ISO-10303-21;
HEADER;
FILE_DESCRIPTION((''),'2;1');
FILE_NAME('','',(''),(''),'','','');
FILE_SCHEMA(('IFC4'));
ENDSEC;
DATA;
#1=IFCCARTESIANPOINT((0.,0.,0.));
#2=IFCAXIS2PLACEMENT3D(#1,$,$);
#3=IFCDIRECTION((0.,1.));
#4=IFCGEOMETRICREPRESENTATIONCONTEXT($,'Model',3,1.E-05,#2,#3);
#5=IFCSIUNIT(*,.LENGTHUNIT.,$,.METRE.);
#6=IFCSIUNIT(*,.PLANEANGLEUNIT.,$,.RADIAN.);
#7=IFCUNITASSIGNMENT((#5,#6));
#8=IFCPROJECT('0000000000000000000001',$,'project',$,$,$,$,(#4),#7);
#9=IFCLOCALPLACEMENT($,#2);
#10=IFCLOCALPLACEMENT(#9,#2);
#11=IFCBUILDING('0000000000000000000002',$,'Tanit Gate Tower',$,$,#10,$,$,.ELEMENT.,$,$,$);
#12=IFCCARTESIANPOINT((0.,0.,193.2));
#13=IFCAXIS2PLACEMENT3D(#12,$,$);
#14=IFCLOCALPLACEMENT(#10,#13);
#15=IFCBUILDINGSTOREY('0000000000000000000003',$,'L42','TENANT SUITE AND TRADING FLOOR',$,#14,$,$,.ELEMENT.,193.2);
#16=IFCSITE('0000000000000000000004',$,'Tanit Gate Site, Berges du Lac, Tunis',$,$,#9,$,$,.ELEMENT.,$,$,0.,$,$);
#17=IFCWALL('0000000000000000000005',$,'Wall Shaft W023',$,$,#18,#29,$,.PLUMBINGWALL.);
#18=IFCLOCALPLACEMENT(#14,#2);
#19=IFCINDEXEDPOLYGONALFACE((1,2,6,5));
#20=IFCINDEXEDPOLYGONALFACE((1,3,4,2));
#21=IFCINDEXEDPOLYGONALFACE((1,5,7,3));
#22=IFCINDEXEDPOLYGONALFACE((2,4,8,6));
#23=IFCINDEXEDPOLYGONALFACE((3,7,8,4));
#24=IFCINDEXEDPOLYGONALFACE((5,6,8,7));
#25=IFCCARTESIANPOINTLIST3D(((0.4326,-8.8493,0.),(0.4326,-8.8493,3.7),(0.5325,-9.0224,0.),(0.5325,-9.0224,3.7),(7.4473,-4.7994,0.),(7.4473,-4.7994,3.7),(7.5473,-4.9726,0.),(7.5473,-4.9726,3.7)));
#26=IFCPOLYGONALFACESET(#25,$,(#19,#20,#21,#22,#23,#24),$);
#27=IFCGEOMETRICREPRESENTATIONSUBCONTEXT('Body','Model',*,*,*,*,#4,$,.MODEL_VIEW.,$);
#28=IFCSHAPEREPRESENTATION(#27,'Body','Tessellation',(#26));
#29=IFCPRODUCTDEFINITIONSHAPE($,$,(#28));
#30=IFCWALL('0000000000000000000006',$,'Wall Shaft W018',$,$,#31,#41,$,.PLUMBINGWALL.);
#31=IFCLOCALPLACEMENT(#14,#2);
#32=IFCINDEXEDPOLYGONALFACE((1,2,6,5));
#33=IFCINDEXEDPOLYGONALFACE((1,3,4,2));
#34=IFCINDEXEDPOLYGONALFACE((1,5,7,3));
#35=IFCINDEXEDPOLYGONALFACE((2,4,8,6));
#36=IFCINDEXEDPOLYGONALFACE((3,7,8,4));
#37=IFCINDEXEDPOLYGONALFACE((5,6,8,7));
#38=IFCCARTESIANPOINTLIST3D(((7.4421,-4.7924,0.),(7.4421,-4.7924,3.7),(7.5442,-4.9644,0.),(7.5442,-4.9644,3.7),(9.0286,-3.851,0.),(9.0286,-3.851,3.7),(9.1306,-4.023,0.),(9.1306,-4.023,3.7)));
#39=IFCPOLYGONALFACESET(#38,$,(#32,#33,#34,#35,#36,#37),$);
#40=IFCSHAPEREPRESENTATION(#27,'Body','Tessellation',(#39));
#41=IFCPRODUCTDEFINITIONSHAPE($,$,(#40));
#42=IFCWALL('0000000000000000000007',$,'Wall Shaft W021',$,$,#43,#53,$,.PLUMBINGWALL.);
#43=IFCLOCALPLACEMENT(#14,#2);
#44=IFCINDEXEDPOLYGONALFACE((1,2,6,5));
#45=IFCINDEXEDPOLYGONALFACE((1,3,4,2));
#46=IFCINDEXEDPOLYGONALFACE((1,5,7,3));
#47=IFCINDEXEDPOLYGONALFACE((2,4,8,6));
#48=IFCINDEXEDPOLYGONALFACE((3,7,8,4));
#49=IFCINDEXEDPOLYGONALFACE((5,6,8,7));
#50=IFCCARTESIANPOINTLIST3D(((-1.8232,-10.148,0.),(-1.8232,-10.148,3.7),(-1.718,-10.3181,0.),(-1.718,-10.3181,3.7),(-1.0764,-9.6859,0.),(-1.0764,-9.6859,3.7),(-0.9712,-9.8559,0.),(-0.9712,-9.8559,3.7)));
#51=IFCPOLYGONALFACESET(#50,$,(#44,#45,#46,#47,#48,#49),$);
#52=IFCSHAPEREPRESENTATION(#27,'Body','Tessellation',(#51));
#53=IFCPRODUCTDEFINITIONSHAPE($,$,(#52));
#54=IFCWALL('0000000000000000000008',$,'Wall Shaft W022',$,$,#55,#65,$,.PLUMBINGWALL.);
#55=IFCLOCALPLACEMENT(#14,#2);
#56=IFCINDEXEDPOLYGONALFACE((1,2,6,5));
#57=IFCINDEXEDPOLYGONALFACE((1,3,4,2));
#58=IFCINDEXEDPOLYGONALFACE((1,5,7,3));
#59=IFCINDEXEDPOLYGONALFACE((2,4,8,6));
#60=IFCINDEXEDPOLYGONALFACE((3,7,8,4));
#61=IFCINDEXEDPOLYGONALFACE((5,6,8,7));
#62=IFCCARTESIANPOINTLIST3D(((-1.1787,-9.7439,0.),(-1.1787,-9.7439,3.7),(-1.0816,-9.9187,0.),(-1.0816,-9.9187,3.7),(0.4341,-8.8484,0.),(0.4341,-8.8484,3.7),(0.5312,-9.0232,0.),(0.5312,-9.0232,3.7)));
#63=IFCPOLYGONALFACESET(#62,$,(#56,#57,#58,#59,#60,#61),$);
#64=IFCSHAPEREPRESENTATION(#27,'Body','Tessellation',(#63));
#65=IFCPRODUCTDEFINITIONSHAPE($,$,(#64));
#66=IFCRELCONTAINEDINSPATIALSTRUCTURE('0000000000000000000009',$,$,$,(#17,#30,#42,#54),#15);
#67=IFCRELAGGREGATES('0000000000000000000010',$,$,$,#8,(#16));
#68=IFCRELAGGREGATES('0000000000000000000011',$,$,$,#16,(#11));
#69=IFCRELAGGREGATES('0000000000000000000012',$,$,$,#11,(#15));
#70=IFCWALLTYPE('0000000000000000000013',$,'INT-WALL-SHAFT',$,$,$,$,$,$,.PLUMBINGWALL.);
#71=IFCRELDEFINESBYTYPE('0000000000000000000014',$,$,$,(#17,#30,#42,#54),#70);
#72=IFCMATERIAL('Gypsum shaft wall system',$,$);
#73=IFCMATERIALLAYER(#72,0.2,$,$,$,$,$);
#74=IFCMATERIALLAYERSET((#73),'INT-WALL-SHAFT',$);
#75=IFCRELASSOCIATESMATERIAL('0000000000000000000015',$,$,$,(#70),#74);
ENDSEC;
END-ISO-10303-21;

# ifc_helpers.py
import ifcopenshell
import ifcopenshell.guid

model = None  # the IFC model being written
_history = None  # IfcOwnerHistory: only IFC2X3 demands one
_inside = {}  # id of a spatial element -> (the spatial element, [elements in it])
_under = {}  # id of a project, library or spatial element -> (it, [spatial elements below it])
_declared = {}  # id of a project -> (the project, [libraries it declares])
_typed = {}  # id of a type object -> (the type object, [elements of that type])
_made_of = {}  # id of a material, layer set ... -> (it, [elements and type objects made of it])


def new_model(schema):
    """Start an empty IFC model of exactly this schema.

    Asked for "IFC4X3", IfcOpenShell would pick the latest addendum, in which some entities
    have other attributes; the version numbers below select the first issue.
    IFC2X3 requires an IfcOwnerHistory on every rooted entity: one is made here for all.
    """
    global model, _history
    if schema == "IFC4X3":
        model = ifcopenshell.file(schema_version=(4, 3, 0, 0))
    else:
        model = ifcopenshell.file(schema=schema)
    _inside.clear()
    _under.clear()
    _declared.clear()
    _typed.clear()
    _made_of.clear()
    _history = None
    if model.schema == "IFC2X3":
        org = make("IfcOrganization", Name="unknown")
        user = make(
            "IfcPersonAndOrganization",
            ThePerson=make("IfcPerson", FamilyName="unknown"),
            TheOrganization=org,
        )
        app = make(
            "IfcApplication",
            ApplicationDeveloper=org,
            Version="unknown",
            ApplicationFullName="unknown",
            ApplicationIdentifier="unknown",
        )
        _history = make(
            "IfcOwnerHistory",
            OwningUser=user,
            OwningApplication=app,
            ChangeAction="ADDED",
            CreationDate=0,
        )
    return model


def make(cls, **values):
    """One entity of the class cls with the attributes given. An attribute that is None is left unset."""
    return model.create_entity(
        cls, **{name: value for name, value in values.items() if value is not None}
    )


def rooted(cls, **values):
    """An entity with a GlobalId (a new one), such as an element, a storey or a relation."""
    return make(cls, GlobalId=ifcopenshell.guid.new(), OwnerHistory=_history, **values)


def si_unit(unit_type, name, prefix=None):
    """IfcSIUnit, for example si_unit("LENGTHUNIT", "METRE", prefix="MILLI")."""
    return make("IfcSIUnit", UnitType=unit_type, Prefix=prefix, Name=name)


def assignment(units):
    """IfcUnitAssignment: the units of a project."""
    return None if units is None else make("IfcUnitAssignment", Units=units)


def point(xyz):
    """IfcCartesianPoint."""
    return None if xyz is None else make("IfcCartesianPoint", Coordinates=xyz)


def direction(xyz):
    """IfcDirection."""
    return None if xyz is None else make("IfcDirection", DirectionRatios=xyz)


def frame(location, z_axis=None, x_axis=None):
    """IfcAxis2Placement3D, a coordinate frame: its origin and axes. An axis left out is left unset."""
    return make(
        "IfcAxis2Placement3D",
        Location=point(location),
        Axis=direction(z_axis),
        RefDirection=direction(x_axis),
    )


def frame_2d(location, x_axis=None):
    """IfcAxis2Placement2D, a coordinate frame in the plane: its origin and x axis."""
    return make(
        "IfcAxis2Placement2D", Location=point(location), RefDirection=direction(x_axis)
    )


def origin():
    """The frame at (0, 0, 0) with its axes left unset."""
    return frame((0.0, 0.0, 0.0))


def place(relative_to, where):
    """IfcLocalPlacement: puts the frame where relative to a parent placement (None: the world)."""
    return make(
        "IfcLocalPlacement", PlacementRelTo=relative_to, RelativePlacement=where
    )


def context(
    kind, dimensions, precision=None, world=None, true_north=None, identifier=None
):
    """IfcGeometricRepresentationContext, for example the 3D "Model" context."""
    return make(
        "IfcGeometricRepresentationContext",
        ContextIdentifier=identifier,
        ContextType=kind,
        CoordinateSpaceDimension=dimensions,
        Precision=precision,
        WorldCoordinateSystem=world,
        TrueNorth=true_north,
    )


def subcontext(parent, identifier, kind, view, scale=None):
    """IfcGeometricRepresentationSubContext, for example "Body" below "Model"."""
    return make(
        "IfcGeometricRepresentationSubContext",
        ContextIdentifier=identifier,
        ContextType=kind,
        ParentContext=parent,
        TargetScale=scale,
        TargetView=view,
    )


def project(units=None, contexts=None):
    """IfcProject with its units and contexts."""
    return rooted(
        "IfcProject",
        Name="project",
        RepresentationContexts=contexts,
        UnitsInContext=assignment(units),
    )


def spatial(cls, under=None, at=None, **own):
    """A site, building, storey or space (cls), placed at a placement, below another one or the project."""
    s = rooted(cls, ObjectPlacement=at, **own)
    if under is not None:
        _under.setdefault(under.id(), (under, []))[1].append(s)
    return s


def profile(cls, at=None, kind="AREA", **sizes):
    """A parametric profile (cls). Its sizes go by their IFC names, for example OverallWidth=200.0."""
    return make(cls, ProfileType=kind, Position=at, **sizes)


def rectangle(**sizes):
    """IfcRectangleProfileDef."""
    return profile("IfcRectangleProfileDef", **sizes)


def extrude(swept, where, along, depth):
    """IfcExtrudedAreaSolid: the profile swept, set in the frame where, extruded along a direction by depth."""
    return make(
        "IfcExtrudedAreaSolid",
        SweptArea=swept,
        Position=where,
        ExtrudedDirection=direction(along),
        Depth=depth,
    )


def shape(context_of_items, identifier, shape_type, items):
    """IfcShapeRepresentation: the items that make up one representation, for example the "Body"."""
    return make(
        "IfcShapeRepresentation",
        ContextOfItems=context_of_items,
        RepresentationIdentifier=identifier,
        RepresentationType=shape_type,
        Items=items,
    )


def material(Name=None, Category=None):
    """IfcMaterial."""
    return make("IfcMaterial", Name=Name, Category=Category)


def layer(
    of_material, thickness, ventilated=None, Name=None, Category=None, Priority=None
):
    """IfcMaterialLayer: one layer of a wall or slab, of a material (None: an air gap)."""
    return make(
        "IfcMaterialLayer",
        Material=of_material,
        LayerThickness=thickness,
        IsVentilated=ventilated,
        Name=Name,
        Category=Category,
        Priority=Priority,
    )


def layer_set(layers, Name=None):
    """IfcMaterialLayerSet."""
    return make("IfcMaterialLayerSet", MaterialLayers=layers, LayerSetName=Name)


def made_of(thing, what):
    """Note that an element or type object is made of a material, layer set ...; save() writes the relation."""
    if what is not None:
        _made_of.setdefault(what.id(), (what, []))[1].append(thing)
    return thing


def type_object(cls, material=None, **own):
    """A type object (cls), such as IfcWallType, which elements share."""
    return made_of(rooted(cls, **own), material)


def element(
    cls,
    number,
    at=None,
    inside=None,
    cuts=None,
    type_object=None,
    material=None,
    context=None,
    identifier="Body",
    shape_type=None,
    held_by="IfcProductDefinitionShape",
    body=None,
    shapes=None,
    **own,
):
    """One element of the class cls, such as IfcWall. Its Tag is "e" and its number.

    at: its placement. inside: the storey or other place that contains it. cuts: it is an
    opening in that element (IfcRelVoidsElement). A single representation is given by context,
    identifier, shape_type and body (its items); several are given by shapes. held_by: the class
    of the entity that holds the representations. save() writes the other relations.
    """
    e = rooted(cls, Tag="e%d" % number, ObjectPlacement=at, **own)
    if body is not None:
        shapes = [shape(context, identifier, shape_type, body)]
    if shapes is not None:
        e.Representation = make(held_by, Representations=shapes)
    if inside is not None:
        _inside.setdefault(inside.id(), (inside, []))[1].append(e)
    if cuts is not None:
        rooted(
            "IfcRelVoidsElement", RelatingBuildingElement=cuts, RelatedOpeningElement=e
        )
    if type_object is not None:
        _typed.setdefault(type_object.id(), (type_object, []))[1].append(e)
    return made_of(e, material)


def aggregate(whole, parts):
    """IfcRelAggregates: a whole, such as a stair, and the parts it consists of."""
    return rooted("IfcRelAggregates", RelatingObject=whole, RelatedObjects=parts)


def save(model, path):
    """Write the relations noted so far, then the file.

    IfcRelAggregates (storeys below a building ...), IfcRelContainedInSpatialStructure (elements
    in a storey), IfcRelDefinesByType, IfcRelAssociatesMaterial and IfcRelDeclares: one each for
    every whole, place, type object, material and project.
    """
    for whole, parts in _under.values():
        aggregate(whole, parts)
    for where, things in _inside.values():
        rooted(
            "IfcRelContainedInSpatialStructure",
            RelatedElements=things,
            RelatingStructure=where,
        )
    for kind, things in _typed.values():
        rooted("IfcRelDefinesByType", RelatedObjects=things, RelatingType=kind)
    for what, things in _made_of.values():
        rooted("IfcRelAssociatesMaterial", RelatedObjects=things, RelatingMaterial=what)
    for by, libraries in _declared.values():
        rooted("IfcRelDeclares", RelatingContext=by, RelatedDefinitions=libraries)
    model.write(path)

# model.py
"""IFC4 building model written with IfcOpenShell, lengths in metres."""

from ifc_helpers import new_model, si_unit, direction, frame, frame_2d, origin, place, context, subcontext, project, spatial, rectangle, extrude, material, layer, layer_set, type_object, element, save


model = new_model("IFC4")

# Units and contexts
model_context = context("Model", 3, precision=1e-05, world=origin(), true_north=direction((0.0, 1.0)))
body_context = subcontext(model_context, "Body", "Model", "MODEL_VIEW")
ifc_project = project(units=[si_unit("LENGTHUNIT", "METRE"), si_unit("PLANEANGLEUNIT", "RADIAN")], contexts=[model_context])

# Site, building, storey
site_placement = place(None, origin())
site = spatial("IfcSite", under=ifc_project, at=site_placement, Name="Tanit Gate Site, Berges du Lac, Tunis", CompositionType="ELEMENT", RefElevation=0.0)
building_placement = place(site_placement, origin())
building = spatial("IfcBuilding", under=site, at=building_placement, Name="Tanit Gate Tower", CompositionType="ELEMENT")
storey_placement = place(building_placement, frame((0.0, 0.0, 193.2)))
storey = spatial("IfcBuildingStorey", under=building, at=storey_placement, Name="L42", Description="TENANT SUITE AND TRADING FLOOR", CompositionType="ELEMENT", Elevation=193.2)

# Walls
ifc_material_1 = material(Name="Gypsum shaft wall system")
ifc_layer_1 = layer(ifc_material_1, 0.2)
ifc_layer_set_1 = layer_set([ifc_layer_1], Name="INT-WALL-SHAFT")
wall_type_1 = type_object("IfcWallType", Name="INT-WALL-SHAFT", PredefinedType="PLUMBINGWALL", material=ifc_layer_set_1)
wall_1_placement = place(storey_placement, frame((0.4827, -8.9358, 0.0), z_axis=(0.0, 0.0, 1.0), x_axis=(0.866031, 0.49999, 0.0)))
element("IfcWall", 1, at=wall_1_placement, inside=storey, type_object=wall_type_1, Name="Wall Shaft W023", PredefinedType="PLUMBINGWALL", context=body_context, shape_type="SweptSolid", body=[
    extrude(rectangle(XDim=8.0999, YDim=0.2, at=frame_2d((4.0498, 0.0))), origin(), (0.0, 0.0, 1.0), 3.7),
])
wall_2_placement = place(storey_placement, frame((7.4932, -4.8784, 0.0), z_axis=(0.0, 0.0, 1.0), x_axis=(0.859982, 0.510325, 0.0)))
element("IfcWall", 2, at=wall_2_placement, inside=storey, type_object=wall_type_1, Name="Wall Shaft W018", PredefinedType="PLUMBINGWALL", context=body_context, shape_type="SweptSolid", body=[
    extrude(rectangle(XDim=1.8447, YDim=0.2, at=frame_2d((0.9224, 0.0))), origin(), (0.0, 0.0, 1.0), 3.7),
])
wall_3_placement = place(storey_placement, frame((-1.0239, -9.771, 0.0), z_axis=(0.0, 0.0, 1.0), x_axis=(-0.850348, -0.526221, 0.0)))
element("IfcWall", 3, at=wall_3_placement, inside=storey, type_object=wall_type_1, Name="Wall Shaft W021", PredefinedType="PLUMBINGWALL", context=body_context, shape_type="SweptSolid", body=[
    extrude(rectangle(XDim=0.8782, YDim=0.2, at=frame_2d((0.439, 0.0))), origin(), (0.0, 0.0, 1.0), 3.7),
])
wall_4_placement = place(storey_placement, frame((-1.1301, -9.8313, 0.0), z_axis=(0.0, 0.0, 1.0), x_axis=(0.87427, 0.485441, 0.0)))
element("IfcWall", 4, at=wall_4_placement, inside=storey, type_object=wall_type_1, Name="Wall Shaft W022", PredefinedType="PLUMBINGWALL", context=body_context, shape_type="SweptSolid", body=[
    extrude(rectangle(XDim=1.8447, YDim=0.2, at=frame_2d((0.9224, 0.0))), origin(), (0.0, 0.0, 1.0), 3.7),
])

save(model, "model.ifc")
